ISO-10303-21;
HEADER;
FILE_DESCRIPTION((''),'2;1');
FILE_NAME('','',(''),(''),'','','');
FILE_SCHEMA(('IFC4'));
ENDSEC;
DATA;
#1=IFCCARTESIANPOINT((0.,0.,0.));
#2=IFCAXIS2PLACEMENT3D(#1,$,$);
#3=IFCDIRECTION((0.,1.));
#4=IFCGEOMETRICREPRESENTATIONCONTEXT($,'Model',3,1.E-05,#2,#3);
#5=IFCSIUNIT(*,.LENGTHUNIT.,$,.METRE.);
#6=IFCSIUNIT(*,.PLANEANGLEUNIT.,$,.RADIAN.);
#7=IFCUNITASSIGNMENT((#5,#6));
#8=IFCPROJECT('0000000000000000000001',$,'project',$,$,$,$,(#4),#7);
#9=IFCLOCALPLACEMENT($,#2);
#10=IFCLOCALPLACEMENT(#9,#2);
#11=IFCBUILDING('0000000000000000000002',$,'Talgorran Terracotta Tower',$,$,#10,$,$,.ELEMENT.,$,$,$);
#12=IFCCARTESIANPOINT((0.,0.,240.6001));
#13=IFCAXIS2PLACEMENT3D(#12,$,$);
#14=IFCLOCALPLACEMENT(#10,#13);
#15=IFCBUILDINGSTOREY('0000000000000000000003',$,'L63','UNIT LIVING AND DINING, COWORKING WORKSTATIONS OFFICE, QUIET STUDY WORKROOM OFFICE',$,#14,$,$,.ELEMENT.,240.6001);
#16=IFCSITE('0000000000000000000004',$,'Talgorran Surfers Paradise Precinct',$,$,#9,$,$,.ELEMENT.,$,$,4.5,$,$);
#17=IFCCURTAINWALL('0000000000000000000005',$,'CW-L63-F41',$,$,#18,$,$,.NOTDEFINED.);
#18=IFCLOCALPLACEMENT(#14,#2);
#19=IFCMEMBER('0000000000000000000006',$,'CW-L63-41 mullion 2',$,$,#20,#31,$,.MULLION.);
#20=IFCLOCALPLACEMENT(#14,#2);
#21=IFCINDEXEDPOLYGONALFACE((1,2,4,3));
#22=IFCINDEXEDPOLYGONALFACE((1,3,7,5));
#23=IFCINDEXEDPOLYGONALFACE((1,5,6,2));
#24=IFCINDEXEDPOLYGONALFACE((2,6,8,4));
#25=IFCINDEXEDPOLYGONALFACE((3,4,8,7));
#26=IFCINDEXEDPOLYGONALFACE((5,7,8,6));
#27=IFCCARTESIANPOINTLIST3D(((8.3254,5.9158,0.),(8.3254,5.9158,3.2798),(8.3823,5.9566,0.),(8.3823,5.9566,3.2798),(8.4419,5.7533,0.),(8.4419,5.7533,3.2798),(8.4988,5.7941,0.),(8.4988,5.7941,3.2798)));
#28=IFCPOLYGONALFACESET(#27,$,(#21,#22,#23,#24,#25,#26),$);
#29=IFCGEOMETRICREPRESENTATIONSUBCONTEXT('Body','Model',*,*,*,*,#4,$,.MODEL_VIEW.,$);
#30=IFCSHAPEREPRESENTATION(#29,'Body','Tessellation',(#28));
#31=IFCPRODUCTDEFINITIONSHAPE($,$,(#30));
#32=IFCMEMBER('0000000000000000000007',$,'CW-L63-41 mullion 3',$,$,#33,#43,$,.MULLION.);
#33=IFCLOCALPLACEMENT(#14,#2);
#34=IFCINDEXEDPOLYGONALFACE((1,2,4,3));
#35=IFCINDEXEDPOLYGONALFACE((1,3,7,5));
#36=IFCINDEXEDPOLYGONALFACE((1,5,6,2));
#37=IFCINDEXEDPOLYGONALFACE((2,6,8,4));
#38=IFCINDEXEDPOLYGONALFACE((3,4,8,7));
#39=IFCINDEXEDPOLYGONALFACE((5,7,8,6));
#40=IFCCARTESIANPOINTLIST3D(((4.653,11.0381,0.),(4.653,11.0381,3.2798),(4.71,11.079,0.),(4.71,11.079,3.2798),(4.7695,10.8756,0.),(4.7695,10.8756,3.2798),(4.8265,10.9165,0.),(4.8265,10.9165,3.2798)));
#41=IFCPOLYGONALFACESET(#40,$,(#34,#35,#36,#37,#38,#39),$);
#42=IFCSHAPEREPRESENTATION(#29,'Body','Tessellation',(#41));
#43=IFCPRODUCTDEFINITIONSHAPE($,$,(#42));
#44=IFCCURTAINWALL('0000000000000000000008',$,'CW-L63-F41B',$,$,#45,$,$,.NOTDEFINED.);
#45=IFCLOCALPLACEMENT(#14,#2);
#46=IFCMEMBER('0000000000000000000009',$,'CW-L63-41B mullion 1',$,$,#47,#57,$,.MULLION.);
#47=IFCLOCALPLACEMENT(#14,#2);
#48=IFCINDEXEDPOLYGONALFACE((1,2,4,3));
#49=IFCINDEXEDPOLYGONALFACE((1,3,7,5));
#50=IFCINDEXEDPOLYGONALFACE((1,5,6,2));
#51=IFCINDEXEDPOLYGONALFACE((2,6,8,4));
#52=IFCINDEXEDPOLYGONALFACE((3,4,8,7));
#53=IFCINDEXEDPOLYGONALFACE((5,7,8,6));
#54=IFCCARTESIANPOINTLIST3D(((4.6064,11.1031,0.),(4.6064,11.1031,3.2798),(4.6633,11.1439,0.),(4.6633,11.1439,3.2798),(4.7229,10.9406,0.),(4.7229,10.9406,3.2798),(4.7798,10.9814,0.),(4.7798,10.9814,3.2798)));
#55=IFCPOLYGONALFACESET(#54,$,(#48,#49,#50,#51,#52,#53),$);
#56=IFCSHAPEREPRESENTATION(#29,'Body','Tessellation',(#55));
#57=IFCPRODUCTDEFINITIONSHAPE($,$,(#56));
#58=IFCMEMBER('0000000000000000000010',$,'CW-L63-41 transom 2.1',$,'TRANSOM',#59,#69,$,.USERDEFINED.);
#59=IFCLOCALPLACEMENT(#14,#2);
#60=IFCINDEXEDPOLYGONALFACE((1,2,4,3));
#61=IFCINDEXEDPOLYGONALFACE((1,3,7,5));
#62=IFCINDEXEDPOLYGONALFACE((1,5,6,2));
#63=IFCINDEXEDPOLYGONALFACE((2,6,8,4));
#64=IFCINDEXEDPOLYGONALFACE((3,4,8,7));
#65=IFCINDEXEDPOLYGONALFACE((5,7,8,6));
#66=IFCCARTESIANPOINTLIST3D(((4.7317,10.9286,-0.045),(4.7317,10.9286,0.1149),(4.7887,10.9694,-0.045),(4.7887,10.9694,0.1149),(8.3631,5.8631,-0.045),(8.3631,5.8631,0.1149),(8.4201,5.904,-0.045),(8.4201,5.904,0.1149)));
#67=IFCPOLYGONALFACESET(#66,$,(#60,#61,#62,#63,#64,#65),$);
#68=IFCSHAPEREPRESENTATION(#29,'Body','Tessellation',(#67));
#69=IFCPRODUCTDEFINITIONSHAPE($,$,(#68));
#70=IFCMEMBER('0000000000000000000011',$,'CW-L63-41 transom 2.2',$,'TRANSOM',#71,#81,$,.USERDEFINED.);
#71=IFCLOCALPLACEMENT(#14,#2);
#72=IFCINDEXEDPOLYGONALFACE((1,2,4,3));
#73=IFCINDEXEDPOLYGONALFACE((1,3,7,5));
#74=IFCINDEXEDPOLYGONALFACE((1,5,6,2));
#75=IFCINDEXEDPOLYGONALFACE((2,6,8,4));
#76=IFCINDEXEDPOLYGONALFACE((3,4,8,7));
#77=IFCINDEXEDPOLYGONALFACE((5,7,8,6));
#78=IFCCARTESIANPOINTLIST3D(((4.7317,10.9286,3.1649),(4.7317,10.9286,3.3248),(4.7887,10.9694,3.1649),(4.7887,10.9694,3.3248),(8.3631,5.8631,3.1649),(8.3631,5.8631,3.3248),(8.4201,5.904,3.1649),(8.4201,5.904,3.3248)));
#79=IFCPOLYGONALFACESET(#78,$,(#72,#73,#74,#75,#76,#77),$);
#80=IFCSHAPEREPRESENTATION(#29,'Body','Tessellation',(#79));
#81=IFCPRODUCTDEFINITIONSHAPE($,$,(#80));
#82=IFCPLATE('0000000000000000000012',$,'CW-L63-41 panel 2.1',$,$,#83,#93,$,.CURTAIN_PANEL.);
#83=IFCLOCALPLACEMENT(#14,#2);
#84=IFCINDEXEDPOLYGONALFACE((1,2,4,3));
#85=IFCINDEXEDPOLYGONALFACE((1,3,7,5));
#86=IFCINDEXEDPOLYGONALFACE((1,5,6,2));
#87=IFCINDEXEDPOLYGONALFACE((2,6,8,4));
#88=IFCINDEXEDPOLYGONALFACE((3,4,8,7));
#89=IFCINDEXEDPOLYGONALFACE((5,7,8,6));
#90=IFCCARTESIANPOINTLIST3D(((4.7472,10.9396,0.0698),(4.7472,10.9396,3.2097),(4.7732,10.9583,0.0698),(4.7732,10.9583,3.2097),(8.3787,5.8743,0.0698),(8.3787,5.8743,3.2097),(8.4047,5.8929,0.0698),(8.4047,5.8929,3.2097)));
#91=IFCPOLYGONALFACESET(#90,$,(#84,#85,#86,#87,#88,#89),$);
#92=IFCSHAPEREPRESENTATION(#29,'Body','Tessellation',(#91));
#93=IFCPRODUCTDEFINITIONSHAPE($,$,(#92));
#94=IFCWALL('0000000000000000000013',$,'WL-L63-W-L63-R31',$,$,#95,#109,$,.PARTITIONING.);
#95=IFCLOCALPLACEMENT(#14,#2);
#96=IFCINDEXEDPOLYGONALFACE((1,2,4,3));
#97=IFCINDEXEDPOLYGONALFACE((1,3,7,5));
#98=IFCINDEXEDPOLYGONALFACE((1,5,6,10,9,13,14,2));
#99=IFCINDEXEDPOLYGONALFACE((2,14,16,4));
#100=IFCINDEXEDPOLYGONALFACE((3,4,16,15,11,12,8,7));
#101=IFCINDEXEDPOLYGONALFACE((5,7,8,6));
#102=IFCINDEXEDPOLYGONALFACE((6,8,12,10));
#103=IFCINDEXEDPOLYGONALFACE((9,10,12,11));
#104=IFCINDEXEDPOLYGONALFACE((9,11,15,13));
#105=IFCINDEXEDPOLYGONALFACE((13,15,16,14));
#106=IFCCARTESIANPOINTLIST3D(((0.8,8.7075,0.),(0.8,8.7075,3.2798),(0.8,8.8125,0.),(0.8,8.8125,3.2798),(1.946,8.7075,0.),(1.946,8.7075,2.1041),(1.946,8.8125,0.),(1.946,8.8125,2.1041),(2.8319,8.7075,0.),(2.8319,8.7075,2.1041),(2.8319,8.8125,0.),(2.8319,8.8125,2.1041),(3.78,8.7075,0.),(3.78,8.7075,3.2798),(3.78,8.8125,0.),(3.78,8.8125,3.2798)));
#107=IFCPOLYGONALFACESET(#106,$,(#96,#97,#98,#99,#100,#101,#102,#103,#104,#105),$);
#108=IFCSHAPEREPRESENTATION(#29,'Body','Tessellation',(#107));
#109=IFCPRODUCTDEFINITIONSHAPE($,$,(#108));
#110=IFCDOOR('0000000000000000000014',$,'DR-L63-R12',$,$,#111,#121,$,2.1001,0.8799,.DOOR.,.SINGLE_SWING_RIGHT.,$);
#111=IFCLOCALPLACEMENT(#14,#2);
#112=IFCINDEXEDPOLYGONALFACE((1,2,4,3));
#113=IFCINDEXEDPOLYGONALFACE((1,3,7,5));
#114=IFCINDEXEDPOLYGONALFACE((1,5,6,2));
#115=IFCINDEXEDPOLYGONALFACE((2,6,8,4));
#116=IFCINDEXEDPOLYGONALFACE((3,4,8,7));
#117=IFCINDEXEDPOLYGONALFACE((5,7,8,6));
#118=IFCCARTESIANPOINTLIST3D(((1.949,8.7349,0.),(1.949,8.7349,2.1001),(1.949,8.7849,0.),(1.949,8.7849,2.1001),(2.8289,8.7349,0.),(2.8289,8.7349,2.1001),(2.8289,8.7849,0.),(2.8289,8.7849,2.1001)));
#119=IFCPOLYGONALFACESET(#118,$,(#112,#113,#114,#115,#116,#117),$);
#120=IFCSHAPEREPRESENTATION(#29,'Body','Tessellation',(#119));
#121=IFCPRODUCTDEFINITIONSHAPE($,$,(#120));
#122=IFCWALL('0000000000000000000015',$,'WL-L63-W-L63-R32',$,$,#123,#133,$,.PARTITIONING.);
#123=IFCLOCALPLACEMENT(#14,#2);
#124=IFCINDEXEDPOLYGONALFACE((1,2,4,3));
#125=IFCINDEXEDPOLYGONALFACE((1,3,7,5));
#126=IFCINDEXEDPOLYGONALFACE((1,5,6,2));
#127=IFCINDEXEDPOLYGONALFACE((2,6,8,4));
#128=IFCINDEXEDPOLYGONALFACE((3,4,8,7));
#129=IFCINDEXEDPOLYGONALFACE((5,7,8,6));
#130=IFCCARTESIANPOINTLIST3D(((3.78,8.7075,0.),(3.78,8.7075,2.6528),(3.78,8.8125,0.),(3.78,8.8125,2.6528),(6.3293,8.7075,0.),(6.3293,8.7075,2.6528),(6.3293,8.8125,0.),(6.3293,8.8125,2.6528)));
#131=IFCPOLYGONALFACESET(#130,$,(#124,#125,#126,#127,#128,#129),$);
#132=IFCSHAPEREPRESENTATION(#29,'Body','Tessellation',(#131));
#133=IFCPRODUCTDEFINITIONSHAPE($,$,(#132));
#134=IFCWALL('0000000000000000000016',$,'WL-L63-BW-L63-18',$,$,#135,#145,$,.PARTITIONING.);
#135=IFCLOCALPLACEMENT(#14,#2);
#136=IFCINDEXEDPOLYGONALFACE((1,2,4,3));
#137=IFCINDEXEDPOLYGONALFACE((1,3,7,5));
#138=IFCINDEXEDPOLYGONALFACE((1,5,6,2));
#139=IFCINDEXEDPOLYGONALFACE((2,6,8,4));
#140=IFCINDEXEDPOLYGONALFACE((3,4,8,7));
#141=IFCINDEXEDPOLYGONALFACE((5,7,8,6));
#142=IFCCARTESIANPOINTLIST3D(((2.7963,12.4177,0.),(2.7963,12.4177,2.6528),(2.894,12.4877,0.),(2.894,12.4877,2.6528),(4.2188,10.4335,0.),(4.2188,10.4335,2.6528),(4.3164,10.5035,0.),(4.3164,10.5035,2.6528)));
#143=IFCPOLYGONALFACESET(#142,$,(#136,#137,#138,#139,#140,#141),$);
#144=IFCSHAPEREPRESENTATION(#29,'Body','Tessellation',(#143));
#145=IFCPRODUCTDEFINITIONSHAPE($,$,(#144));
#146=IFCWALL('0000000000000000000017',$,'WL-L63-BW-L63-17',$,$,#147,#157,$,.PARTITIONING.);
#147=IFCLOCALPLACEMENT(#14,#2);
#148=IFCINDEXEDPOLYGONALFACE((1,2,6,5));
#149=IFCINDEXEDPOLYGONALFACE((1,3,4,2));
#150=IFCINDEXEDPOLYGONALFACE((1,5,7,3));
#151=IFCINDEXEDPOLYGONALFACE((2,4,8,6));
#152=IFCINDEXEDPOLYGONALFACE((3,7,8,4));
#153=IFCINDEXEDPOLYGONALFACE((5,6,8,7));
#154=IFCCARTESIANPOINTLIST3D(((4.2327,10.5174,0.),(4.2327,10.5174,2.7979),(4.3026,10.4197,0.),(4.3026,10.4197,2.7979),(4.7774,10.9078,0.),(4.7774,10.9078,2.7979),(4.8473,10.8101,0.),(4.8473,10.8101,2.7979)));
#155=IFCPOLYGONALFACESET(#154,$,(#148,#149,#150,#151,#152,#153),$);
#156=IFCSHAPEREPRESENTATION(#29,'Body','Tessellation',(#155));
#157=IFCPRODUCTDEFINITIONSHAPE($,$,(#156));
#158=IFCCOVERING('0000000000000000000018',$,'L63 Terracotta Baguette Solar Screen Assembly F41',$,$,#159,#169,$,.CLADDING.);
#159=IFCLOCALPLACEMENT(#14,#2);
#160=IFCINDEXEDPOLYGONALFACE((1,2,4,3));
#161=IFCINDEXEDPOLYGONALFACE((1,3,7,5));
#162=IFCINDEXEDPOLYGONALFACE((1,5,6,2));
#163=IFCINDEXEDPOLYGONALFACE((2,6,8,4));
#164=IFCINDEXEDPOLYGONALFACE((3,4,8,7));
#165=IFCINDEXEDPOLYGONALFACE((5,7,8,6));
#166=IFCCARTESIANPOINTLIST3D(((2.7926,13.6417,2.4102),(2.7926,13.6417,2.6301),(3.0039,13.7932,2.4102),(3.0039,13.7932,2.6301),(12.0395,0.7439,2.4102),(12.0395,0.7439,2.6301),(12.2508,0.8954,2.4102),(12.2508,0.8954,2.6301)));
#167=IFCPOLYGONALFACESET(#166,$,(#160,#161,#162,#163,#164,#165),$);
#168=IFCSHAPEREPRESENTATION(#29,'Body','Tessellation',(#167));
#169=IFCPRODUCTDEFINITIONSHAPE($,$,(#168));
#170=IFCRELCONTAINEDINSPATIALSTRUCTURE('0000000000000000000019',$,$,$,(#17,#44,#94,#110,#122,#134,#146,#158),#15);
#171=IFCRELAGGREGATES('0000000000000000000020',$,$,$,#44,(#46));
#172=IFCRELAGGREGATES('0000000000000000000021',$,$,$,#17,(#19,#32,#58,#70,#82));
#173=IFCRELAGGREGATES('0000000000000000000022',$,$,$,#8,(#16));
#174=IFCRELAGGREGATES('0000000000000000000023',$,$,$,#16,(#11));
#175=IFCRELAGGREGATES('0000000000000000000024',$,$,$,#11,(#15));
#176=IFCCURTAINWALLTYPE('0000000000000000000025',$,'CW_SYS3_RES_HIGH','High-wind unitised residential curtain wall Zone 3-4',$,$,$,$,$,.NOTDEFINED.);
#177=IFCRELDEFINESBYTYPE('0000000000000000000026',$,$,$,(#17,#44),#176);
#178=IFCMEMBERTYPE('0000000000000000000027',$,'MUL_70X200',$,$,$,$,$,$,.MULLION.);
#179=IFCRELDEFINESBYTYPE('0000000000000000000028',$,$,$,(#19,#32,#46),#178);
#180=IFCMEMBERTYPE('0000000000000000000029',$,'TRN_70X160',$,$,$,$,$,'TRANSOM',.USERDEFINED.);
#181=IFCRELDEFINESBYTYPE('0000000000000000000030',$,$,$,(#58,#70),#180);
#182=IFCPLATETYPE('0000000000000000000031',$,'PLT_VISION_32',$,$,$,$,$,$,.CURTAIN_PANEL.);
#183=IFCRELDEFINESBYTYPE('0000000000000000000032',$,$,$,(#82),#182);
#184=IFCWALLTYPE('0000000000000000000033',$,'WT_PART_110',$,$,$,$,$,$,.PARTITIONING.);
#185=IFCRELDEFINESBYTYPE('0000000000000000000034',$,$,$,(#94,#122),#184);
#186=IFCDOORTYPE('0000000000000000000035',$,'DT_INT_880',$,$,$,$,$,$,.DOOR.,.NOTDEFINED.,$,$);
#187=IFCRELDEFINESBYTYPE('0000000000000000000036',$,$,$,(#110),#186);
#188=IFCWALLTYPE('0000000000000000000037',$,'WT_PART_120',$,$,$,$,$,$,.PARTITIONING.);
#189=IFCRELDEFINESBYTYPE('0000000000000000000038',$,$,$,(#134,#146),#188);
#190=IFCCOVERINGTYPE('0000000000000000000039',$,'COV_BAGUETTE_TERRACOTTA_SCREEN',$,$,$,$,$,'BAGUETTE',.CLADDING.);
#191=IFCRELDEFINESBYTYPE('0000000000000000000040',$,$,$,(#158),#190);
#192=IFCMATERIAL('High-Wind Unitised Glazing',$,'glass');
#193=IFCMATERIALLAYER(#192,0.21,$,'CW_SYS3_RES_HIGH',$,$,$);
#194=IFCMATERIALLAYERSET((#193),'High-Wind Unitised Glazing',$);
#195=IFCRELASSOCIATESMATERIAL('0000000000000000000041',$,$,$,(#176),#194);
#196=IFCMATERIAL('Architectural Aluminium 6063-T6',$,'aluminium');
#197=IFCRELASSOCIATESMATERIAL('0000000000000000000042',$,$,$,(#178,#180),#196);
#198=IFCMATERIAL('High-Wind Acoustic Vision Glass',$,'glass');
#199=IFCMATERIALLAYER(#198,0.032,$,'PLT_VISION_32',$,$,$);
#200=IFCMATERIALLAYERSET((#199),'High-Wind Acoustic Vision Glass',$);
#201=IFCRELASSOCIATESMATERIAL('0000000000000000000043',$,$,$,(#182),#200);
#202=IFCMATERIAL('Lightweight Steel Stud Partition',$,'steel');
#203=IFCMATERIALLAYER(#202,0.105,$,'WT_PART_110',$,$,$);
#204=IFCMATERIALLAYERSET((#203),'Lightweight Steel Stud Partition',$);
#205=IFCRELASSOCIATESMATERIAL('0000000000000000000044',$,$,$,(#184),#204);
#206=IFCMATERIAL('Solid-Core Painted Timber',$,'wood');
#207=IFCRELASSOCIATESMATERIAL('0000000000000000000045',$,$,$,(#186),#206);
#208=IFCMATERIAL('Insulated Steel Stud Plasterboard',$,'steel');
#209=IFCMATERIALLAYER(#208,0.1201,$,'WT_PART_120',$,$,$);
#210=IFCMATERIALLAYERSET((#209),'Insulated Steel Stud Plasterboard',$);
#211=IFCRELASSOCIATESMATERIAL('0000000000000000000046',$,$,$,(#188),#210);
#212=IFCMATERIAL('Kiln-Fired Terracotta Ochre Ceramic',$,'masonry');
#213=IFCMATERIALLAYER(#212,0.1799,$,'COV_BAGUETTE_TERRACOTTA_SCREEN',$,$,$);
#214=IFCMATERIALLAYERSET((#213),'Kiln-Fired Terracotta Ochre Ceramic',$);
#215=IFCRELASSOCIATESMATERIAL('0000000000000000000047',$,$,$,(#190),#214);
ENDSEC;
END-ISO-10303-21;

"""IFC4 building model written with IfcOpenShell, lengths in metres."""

from ifc_helpers import new_model, si_unit, direction, frame, frame_2d, origin, origin_2d, place, context, subcontext, project, spatial, rectangle, extrude, source, transform, mapped, material, layer, layer_set, material_profile, profile_set, type_object, type_shapes, element, fill, aggregate, save


model = new_model("IFC4")

# Units and contexts
model_context = context("Model", 3, precision=1e-05, world=origin(), true_north=direction((0.0, 1.0)))
body_context = subcontext(model_context, "Body", "Model", "MODEL_VIEW")
ifc_project = project(units=[si_unit("LENGTHUNIT", "METRE"), si_unit("PLANEANGLEUNIT", "RADIAN")], contexts=[model_context])

# Site, building, storey
site_placement = place(None, origin())
site = spatial("IfcSite", under=ifc_project, at=site_placement, Name="Talgorran Surfers Paradise Precinct", CompositionType="ELEMENT", RefElevation=4.5)
building_placement = place(site_placement, origin())
building = spatial("IfcBuilding", under=site, at=building_placement, Name="Talgorran Terracotta Tower", CompositionType="ELEMENT")
storey_placement = place(building_placement, frame((0.0, 0.0, 240.6001)))
storey = spatial("IfcBuildingStorey", under=building, at=storey_placement, Name="L63", Description="UNIT LIVING AND DINING, COWORKING WORKSTATIONS OFFICE, QUIET STUDY WORKROOM OFFICE", CompositionType="ELEMENT", Elevation=240.6001)

# Curtain wall, members
ifc_material_1 = material(Name="High-Wind Unitised Glazing", Category="glass")
ifc_layer_1 = layer(ifc_material_1, 0.21, Name="CW_SYS3_RES_HIGH")
ifc_layer_set_1 = layer_set([ifc_layer_1], Name="High-Wind Unitised Glazing")
curtain_wall_type = type_object("IfcCurtainWallType", Name="CW_SYS3_RES_HIGH", Description="High-wind unitised residential curtain wall Zone 3-4", PredefinedType="NOTDEFINED", material=ifc_layer_set_1)
curtain_wall_1_placement = place(storey_placement, origin())
curtain_wall_1 = element("IfcCurtainWall", 1, at=curtain_wall_1_placement, inside=storey, type_object=curtain_wall_type, Name="CW-L63-F41", PredefinedType="NOTDEFINED")
ifc_material_2 = material(Name="Architectural Aluminium 6063-T6", Category="aluminium")
ifc_material_profile_1 = material_profile(ifc_material_2, rectangle(XDim=0.0701, YDim=0.2, at=origin_2d()), Name="CWM70X200")
ifc_profile_set_1 = profile_set([ifc_material_profile_1], Name="Architectural Aluminium 6063-T6")
member_type_1 = type_object("IfcMemberType", Name="MUL_70X200", PredefinedType="MULLION", material=ifc_profile_set_1)
member_1_placement = place(storey_placement, frame((8.4121, 5.855, 0.0), z_axis=(0.0, 0.0, 1.0), x_axis=(-0.812715, -0.582661, 0.0)))
member_1 = element("IfcMember", 2, at=member_1_placement, type_object=member_type_1, Name="CW-L63-41 mullion 2", PredefinedType="MULLION", context=body_context, shape_type="SweptSolid", body=[
    extrude(rectangle(XDim=0.0701, YDim=0.2, at=origin_2d()), origin(), (0.0, 0.0, 1.0), 3.2798),
])
member_2_placement = place(storey_placement, frame((4.7397, 10.9773, 0.0), z_axis=(0.0, 0.0, 1.0), x_axis=(-0.812715, -0.582661, 0.0)))
member_2 = element("IfcMember", 3, at=member_2_placement, type_object=member_type_1, Name="CW-L63-41 mullion 3", PredefinedType="MULLION", context=body_context, shape_type="SweptSolid", body=[
    extrude(rectangle(XDim=0.0701, YDim=0.2, at=origin_2d()), origin(), (0.0, 0.0, 1.0), 3.2798),
])

# Curtain wall, member
curtain_wall_2_placement = place(storey_placement, origin())
curtain_wall_2 = element("IfcCurtainWall", 4, at=curtain_wall_2_placement, inside=storey, type_object=curtain_wall_type, Name="CW-L63-F41B", PredefinedType="NOTDEFINED")
member_3_placement = place(storey_placement, frame((4.6931, 11.0422, 0.0), z_axis=(0.0, 0.0, 1.0), x_axis=(-0.812703, -0.582678, 0.0)))
member_3 = element("IfcMember", 5, at=member_3_placement, type_object=member_type_1, Name="CW-L63-41B mullion 1", PredefinedType="MULLION", context=body_context, shape_type="SweptSolid", body=[
    extrude(rectangle(XDim=0.0701, YDim=0.2, at=origin_2d()), origin(), (0.0, 0.0, 1.0), 3.2798),
])
aggregate(curtain_wall_2, [member_3])

# Members
ifc_material_profile_2 = material_profile(ifc_material_2, rectangle(XDim=0.0701, YDim=0.1599, at=origin_2d()), Name="CWT70X160")
ifc_profile_set_2 = profile_set([ifc_material_profile_2], Name="Architectural Aluminium 6063-T6")
member_type_2 = type_object("IfcMemberType", Name="TRN_70X160", ElementType="TRANSOM", PredefinedType="USERDEFINED", material=ifc_profile_set_2)
member_4_placement = place(storey_placement, frame((8.3916, 5.8835, 0.0349), z_axis=(-0.582638, 0.812732, 0.0), x_axis=(-0.812732, -0.582638, 0.0)))
member_4 = element("IfcMember", 6, at=member_4_placement, type_object=member_type_2, Name="CW-L63-41 transom 2.1", ObjectType="TRANSOM", PredefinedType="USERDEFINED", context=body_context, shape_type="SweptSolid", body=[
    extrude(rectangle(XDim=0.0701, YDim=0.1599, at=origin_2d()), origin(), (0.0, 0.0, 1.0), 6.2327),
])
member_5_placement = place(storey_placement, frame((8.3916, 5.8835, 3.2449), z_axis=(-0.582638, 0.812732, 0.0), x_axis=(-0.812732, -0.582638, 0.0)))
member_5 = element("IfcMember", 7, at=member_5_placement, type_object=member_type_2, Name="CW-L63-41 transom 2.2", ObjectType="TRANSOM", PredefinedType="USERDEFINED", context=body_context, shape_type="SweptSolid", body=[
    extrude(rectangle(XDim=0.0701, YDim=0.1599, at=origin_2d()), origin(), (0.0, 0.0, 1.0), 6.2327),
])

# Plate
ifc_material_3 = material(Name="High-Wind Acoustic Vision Glass", Category="glass")
ifc_layer_2 = layer(ifc_material_3, 0.032, Name="PLT_VISION_32")
ifc_layer_set_2 = layer_set([ifc_layer_2], Name="High-Wind Acoustic Vision Glass")
plate_type = type_object("IfcPlateType", Name="PLT_VISION_32", PredefinedType="CURTAIN_PANEL", material=ifc_layer_set_2)
shared_shape = source(origin(), body_context, "Body", "SweptSolid", [
    extrude(rectangle(XDim=6.2327, YDim=0.032, at=origin_2d()), origin(), (0.0, 0.0, 1.0), 3.1399),
])
type_shapes(plate_type, [shared_shape])
plate_placement = place(storey_placement, frame((6.5759, 8.4163, 0.0698), z_axis=(0.0, 0.0, 1.0), x_axis=(-0.582661, 0.812715, 0.0)))
plate = element("IfcPlate", 8, at=plate_placement, type_object=plate_type, Name="CW-L63-41 panel 2.1", PredefinedType="CURTAIN_PANEL", context=body_context, shape_type="MappedRepresentation", body=[
    mapped(shared_shape, transform((0.0, 0.0, 0.0), scale=1.0)),
])
aggregate(curtain_wall_1, [member_1, member_2, member_4, member_5, plate])

# Wall, opening, door
ifc_material_4 = material(Name="Lightweight Steel Stud Partition", Category="steel")
ifc_layer_3 = layer(ifc_material_4, 0.105, Name="WT_PART_110")
ifc_layer_set_3 = layer_set([ifc_layer_3], Name="Lightweight Steel Stud Partition")
wall_type_1 = type_object("IfcWallType", Name="WT_PART_110", PredefinedType="PARTITIONING", material=ifc_layer_set_3)
wall_1_placement = place(storey_placement, frame((0.8, 8.76, 0.0), z_axis=(0.0, 0.0, 1.0), x_axis=(1.0, 0.0, 0.0)))
wall_1 = element("IfcWall", 9, at=wall_1_placement, inside=storey, type_object=wall_type_1, Name="WL-L63-W-L63-R31", PredefinedType="PARTITIONING", context=body_context, shape_type="SweptSolid", body=[
    extrude(rectangle(XDim=2.98, YDim=0.105, at=frame_2d((1.49, 0.0))), origin(), (0.0, 0.0, 1.0), 3.2798),
])
opening_placement = place(wall_1_placement, frame((1.1489, 0.0, 0.0)))
opening = element("IfcOpeningElement", 10, at=opening_placement, cuts=wall_1, PredefinedType="OPENING", context=body_context, shape_type="SweptSolid", body=[
    extrude(rectangle(XDim=0.8859, YDim=2.1041, at=frame_2d((0.4399, 1.052))), frame((0.0, 0.0625, 0.0), z_axis=(0.0, -1.0, 0.0), x_axis=(1.0, 0.0, 0.0)), (0.0, 0.0, 1.0), 0.125),
])
ifc_material_5 = material(Name="Solid-Core Painted Timber", Category="wood")
door_type = type_object("IfcDoorType", Name="DT_INT_880", OperationType="NOTDEFINED", PredefinedType="DOOR", material=ifc_material_5)
door_placement = place(opening_placement, origin())
door = element("IfcDoor", 11, at=door_placement, inside=storey, type_object=door_type, Name="DR-L63-R12", OperationType="SINGLE_SWING_RIGHT", OverallHeight=2.1001, OverallWidth=0.8799, PredefinedType="DOOR", context=body_context, shape_type="SweptSolid", body=[
    extrude(rectangle(XDim=0.8799, YDim=2.1001, at=frame_2d((0.4399, 1.05))), frame((0.0, 0.0249, 0.0), z_axis=(0.0, -1.0, 0.0), x_axis=(1.0, 0.0, 0.0)), (0.0, 0.0, 1.0), 0.05),
])
fill(opening, door)

# Walls
wall_2_placement = place(storey_placement, frame((3.78, 8.76, 0.0), z_axis=(0.0, 0.0, 1.0), x_axis=(1.0, 0.0, 0.0)))
element("IfcWall", 12, at=wall_2_placement, inside=storey, type_object=wall_type_1, Name="WL-L63-W-L63-R32", PredefinedType="PARTITIONING", context=body_context, shape_type="SweptSolid", body=[
    extrude(rectangle(XDim=2.5493, YDim=0.105, at=frame_2d((1.2747, 0.0))), origin(), (0.0, 0.0, 1.0), 2.6528),
])
ifc_material_6 = material(Name="Insulated Steel Stud Plasterboard", Category="steel")
ifc_layer_4 = layer(ifc_material_6, 0.1201, Name="WT_PART_120")
ifc_layer_set_4 = layer_set([ifc_layer_4], Name="Insulated Steel Stud Plasterboard")
wall_type_2 = type_object("IfcWallType", Name="WT_PART_120", PredefinedType="PARTITIONING", material=ifc_layer_set_4)
wall_3_placement = place(storey_placement, frame((4.2676, 10.4685, 0.0), z_axis=(0.0, 0.0, 1.0), x_axis=(-0.582628, 0.812739, 0.0)))
element("IfcWall", 13, at=wall_3_placement, inside=storey, type_object=wall_type_2, Name="WL-L63-BW-L63-18", PredefinedType="PARTITIONING", context=body_context, shape_type="SweptSolid", body=[
    extrude(rectangle(XDim=2.4414, YDim=0.1201, at=frame_2d((1.2207, 0.0))), origin(), (0.0, 0.0, 1.0), 2.6528),
])
wall_4_placement = place(storey_placement, frame((4.8123, 10.8589, 0.0), z_axis=(0.0, 0.0, 1.0), x_axis=(-0.812797, -0.582547, 0.0)))
element("IfcWall", 14, at=wall_4_placement, inside=storey, type_object=wall_type_2, Name="WL-L63-BW-L63-17", PredefinedType="PARTITIONING", context=body_context, shape_type="SweptSolid", body=[
    extrude(rectangle(XDim=0.6702, YDim=0.1201, at=frame_2d((0.335, 0.0))), origin(), (0.0, 0.0, 1.0), 2.7979),
])

# Covering
ifc_material_7 = material(Name="Kiln-Fired Terracotta Ochre Ceramic", Category="masonry")
ifc_layer_5 = layer(ifc_material_7, 0.1799, Name="COV_BAGUETTE_TERRACOTTA_SCREEN")
ifc_layer_set_5 = layer_set([ifc_layer_5], Name="Kiln-Fired Terracotta Ochre Ceramic")
covering_type_1 = type_object("IfcCoveringType", Name="COV_BAGUETTE_TERRACOTTA_SCREEN", ElementType="BAGUETTE", PredefinedType="CLADDING", material=ifc_layer_set_5)
covering_1_placement = place(storey_placement, frame((7.5217, 7.2686, 2.4102), z_axis=(0.0, 0.0, 1.0), x_axis=(-0.582662, 0.812715, 0.0)))
element("IfcCovering", 15, at=covering_1_placement, inside=storey, type_object=covering_type_1, Name="L63 Terracotta Baguette Solar Screen Assembly F41", PredefinedType="CLADDING", context=body_context, shape_type="SweptSolid", body=[
    extrude(rectangle(XDim=15.8701, YDim=0.26, at=origin_2d()), origin(), (0.0, 0.0, 1.0), 0.22),
])

save(model, "model.ifc")
